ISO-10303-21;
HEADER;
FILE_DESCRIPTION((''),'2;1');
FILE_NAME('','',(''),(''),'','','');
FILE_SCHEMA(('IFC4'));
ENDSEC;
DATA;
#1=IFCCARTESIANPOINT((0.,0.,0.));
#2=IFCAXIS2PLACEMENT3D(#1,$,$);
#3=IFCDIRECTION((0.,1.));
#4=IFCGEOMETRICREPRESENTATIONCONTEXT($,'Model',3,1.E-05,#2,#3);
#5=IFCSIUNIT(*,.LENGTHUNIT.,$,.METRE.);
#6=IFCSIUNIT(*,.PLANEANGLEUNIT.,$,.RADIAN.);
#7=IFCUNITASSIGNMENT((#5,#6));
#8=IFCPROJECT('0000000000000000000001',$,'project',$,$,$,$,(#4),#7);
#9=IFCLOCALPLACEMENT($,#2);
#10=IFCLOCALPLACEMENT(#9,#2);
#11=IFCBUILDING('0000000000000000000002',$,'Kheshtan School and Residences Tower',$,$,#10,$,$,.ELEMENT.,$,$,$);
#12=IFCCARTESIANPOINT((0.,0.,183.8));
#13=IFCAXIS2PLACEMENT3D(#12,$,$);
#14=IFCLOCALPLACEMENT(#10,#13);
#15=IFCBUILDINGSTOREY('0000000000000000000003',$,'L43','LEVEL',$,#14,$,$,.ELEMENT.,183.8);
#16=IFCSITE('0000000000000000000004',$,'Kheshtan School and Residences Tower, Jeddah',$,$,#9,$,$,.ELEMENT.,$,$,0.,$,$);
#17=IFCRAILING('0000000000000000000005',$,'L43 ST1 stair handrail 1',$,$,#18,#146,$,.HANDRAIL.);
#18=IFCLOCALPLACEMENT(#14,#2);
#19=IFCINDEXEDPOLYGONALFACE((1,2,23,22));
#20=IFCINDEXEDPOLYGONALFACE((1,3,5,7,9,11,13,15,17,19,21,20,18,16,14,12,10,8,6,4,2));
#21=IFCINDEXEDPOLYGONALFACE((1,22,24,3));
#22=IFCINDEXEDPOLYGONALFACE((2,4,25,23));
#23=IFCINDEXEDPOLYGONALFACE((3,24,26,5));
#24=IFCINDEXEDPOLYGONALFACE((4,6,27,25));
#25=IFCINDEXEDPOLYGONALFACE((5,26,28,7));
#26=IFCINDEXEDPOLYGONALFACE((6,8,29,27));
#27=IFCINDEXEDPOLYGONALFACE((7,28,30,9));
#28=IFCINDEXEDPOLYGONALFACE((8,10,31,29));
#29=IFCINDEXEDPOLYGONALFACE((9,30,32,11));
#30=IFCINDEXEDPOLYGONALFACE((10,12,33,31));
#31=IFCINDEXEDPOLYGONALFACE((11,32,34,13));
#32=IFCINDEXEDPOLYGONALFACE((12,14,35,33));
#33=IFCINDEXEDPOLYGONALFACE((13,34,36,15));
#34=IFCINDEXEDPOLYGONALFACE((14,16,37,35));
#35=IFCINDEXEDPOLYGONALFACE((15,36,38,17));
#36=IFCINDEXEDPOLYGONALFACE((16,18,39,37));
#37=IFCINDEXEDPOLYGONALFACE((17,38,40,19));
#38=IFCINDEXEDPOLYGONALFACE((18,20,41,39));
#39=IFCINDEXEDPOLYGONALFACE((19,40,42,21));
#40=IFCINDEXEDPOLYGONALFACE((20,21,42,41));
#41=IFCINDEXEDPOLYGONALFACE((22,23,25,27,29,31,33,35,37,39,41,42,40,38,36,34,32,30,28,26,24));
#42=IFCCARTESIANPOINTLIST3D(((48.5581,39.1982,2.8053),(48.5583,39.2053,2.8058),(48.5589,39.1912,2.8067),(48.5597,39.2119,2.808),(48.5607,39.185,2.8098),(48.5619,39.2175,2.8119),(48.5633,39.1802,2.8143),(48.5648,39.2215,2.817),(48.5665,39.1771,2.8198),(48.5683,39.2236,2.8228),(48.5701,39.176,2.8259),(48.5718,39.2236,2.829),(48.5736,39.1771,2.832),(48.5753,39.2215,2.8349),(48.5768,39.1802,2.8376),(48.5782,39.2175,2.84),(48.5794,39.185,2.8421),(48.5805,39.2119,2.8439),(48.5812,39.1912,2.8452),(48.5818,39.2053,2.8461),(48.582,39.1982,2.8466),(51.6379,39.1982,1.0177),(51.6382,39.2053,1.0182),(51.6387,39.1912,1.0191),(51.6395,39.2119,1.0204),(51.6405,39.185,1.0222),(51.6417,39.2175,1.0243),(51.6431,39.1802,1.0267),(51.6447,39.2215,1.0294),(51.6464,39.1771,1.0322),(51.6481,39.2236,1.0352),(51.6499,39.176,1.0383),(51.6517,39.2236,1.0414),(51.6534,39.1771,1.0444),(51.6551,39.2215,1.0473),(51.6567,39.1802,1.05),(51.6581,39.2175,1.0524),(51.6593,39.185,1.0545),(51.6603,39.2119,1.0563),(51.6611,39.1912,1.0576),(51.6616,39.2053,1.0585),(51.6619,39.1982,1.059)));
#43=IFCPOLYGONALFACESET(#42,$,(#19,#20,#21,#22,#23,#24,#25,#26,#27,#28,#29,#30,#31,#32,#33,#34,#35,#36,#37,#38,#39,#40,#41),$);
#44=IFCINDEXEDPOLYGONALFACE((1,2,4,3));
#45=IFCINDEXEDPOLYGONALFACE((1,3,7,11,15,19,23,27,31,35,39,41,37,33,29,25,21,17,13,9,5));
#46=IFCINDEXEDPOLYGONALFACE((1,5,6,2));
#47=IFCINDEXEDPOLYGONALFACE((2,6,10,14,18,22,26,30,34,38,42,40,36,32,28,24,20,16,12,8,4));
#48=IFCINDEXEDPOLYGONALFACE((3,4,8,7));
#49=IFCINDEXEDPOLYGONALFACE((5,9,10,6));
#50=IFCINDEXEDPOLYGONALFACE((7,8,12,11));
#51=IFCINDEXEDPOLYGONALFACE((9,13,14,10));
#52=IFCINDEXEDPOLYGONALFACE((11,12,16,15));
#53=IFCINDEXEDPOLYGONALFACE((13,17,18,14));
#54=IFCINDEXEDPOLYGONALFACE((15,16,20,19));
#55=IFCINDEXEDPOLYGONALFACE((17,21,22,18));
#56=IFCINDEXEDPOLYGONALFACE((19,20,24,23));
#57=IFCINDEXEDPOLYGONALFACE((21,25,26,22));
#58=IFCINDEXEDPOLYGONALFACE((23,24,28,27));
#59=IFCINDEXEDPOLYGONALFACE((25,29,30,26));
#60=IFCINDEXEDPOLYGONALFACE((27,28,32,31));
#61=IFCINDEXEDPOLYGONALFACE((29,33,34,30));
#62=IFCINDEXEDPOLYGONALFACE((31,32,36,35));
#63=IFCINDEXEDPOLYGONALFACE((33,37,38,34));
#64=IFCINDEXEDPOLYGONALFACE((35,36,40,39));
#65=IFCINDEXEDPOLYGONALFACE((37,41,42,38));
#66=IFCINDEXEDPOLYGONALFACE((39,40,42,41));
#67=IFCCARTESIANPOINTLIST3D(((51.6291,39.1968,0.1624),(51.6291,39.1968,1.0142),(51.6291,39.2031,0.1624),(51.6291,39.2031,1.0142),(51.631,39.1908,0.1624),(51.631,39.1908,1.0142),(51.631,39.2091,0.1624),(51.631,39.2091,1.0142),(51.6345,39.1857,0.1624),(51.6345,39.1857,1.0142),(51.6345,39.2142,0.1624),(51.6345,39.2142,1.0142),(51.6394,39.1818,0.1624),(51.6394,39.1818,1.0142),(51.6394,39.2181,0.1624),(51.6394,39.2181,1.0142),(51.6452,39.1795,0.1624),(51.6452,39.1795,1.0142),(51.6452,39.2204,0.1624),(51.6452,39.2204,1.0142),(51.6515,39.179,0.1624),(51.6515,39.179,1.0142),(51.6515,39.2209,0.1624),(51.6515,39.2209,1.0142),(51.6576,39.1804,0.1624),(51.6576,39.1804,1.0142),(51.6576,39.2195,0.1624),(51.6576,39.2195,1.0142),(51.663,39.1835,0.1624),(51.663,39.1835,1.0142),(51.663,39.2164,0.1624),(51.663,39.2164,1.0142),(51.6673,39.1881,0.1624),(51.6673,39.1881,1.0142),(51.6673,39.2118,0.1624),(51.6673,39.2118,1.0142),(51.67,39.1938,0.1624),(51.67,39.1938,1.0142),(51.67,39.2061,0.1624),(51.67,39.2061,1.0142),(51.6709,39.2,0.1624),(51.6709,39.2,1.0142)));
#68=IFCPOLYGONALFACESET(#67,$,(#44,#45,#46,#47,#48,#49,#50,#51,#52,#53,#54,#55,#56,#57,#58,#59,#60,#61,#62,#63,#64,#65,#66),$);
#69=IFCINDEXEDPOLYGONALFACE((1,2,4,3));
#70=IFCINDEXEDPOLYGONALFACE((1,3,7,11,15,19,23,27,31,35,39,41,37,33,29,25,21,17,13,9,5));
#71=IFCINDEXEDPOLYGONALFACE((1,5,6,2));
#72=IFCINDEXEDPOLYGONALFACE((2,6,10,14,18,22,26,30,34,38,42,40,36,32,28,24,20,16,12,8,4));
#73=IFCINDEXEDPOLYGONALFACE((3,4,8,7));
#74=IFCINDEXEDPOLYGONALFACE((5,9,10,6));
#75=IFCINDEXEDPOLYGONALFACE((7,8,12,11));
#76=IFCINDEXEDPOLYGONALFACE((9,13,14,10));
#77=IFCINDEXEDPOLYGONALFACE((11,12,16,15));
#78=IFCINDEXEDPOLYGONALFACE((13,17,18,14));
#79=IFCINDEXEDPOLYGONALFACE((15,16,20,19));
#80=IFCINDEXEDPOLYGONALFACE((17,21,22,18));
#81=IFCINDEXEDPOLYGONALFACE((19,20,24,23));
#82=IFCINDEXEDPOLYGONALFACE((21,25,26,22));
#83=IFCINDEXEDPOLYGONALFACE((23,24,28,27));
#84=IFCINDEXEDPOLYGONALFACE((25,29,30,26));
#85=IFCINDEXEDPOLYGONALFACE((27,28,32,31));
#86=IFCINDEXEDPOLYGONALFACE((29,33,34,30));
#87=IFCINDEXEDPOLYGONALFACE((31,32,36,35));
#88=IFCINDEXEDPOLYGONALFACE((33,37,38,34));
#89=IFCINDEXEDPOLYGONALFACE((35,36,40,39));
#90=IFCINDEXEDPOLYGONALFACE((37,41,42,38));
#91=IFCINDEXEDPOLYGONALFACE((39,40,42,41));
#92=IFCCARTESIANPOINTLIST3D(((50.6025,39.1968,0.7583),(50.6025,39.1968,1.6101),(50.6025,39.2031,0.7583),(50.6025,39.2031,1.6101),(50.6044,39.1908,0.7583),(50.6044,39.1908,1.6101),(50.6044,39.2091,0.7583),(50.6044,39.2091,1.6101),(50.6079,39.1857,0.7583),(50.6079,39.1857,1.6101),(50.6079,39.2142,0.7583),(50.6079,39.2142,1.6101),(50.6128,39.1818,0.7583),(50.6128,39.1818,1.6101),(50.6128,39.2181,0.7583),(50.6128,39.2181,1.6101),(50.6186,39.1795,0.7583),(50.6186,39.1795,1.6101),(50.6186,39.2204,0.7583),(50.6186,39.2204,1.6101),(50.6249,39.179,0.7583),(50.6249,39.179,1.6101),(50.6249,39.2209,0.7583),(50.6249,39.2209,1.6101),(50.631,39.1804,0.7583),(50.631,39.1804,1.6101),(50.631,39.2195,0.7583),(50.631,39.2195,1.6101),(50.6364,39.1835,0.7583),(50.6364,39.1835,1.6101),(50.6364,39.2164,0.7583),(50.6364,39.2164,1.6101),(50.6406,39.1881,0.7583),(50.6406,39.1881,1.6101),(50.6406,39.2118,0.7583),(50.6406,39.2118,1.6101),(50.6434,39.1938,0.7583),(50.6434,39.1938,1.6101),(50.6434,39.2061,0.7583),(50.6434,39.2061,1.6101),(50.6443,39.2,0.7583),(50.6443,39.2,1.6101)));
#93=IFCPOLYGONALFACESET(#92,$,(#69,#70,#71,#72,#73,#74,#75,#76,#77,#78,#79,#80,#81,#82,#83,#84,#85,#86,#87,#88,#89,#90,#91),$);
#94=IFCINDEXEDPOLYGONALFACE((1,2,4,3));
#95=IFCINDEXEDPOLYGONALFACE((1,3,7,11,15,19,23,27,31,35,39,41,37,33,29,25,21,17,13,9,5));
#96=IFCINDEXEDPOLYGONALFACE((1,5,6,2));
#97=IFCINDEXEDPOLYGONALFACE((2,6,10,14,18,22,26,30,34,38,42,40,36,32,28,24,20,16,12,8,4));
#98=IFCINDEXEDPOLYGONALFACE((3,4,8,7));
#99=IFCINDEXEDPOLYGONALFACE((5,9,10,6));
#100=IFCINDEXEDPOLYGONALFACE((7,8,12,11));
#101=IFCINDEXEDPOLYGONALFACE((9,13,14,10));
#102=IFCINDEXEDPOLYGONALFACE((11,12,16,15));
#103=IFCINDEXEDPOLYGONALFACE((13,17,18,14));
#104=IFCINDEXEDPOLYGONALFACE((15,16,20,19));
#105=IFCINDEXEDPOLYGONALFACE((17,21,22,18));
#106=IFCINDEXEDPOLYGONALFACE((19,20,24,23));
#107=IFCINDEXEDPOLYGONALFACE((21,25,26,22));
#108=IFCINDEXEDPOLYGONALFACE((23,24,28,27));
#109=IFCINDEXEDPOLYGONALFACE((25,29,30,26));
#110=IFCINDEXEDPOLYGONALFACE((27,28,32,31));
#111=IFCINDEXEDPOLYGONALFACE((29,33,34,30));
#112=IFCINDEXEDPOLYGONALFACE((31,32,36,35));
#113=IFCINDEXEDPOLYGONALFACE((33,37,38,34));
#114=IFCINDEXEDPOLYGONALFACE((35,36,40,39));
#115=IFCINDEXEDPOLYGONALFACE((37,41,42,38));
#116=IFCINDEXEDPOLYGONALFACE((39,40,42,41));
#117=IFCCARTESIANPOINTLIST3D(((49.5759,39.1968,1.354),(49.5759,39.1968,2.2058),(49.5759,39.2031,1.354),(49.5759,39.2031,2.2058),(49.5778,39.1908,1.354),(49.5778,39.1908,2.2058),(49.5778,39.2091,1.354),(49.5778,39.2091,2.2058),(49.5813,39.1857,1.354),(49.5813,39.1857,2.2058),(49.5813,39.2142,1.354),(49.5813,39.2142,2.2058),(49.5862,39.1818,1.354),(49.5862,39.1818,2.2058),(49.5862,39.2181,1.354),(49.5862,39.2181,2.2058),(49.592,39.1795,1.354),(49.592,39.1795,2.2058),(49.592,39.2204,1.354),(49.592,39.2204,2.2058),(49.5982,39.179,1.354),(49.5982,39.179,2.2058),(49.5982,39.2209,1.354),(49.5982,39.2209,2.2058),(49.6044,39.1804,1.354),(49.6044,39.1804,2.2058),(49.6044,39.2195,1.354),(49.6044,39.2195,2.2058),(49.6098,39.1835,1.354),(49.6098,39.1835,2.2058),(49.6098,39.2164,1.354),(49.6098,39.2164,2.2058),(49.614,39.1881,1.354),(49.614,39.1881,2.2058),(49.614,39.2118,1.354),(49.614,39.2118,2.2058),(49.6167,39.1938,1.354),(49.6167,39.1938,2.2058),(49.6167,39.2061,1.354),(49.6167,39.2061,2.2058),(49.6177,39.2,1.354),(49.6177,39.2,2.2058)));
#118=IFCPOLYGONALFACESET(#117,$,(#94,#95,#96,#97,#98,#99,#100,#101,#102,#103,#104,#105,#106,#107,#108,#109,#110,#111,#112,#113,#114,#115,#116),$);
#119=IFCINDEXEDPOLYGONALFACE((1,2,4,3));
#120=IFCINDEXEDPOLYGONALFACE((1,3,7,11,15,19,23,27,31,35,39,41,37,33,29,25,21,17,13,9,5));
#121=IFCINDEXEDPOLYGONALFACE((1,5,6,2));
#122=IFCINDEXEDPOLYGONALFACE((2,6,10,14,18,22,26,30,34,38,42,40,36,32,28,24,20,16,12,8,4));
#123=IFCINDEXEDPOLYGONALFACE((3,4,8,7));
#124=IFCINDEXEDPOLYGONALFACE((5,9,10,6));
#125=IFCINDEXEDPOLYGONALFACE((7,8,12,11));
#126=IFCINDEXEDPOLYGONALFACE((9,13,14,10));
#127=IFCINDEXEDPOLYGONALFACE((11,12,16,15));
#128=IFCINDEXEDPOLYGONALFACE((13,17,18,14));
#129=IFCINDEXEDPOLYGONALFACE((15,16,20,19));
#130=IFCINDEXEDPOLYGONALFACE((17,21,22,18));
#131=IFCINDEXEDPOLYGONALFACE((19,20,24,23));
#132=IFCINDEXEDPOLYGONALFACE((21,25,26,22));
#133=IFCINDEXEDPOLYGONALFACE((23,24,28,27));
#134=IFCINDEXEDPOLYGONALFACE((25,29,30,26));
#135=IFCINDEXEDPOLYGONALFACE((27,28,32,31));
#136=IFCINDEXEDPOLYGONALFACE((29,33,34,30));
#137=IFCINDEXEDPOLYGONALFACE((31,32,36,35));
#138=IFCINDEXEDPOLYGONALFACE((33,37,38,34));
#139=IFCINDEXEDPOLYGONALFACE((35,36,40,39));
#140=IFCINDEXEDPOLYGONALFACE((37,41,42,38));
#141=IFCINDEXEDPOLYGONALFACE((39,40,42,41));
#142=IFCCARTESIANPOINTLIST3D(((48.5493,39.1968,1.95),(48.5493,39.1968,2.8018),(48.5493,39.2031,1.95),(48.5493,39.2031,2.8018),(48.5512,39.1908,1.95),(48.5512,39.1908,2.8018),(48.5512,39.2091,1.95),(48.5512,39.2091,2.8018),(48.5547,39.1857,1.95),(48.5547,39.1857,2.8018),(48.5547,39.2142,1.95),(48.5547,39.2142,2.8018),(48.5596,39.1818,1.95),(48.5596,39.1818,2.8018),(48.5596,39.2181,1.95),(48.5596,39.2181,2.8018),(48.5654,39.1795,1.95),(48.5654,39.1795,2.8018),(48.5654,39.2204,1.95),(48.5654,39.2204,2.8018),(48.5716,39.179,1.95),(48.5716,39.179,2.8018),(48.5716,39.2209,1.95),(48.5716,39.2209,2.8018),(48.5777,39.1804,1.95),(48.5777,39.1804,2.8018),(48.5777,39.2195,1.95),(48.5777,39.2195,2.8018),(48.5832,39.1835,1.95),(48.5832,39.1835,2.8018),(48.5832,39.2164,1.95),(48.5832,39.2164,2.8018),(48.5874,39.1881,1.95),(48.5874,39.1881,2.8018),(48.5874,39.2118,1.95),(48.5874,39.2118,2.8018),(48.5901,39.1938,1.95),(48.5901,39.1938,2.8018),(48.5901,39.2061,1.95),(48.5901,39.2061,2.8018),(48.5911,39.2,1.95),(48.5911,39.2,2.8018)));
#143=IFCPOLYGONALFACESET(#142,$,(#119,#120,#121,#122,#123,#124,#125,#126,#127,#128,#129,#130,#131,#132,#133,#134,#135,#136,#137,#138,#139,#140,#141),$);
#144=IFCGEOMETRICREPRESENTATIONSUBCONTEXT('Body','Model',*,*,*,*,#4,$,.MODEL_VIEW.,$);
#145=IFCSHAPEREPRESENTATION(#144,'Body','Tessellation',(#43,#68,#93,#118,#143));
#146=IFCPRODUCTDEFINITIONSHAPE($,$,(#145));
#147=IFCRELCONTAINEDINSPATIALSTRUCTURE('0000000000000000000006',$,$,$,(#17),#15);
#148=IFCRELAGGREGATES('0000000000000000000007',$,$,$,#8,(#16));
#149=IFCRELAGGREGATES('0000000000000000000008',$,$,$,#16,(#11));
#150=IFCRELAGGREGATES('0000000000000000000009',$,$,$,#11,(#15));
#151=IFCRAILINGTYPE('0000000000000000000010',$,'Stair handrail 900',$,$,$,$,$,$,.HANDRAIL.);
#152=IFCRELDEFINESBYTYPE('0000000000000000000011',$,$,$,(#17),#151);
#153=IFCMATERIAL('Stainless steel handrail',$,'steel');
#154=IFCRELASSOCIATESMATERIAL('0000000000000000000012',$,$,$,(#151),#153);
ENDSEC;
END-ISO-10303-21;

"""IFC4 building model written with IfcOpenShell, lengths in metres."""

from ifc_helpers import new_model, si_unit, direction, frame, origin, origin_2d, place, context, subcontext, project, spatial, circle, extrude, material, type_object, element, save


model = new_model("IFC4")

# Units and contexts
model_context = context("Model", 3, precision=1e-05, world=origin(), true_north=direction((0.0, 1.0)))
body_context = subcontext(model_context, "Body", "Model", "MODEL_VIEW")
ifc_project = project(units=[si_unit("LENGTHUNIT", "METRE"), si_unit("PLANEANGLEUNIT", "RADIAN")], contexts=[model_context])

# Site, building, storey
site_placement = place(None, origin())
site = spatial("IfcSite", under=ifc_project, at=site_placement, Name="Kheshtan School and Residences Tower, Jeddah", CompositionType="ELEMENT", RefElevation=0.0)
building_placement = place(site_placement, origin())
building = spatial("IfcBuilding", under=site, at=building_placement, Name="Kheshtan School and Residences Tower", CompositionType="ELEMENT")
storey_placement = place(building_placement, frame((0.0, 0.0, 183.8)))
storey = spatial("IfcBuildingStorey", under=building, at=storey_placement, Name="L43", Description="LEVEL", CompositionType="ELEMENT", Elevation=183.8)

# Railing
ifc_material_1 = material(Name="Stainless steel handrail", Category="steel")
railing_type_1 = type_object("IfcRailingType", Name="Stair handrail 900", PredefinedType="HANDRAIL", material=ifc_material_1)
railing_1_placement = place(storey_placement, frame((51.6499, 39.2, 0.1624)))
element("IfcRailing", 1, at=railing_1_placement, inside=storey, type_object=railing_type_1, Name="L43 ST1 stair handrail 1", PredefinedType="HANDRAIL", context=body_context, shape_type="SweptSolid", body=[
    extrude(circle(Radius=0.0239, at=origin_2d()), frame((0.0, 0.0, 0.876), z_axis=(-0.864873, 0.0, 0.50199), x_axis=(0.0, -1.0, 0.0)), (0.0, 0.0, 1.0), 3.561),
    extrude(circle(Radius=0.021, at=origin_2d()), origin(), (0.0, 0.0, 1.0), 0.8518),
    extrude(circle(Radius=0.021, at=origin_2d()), frame((-1.0266, 0.0, 0.5959)), (0.0, 0.0, 1.0), 0.8518),
    extrude(circle(Radius=0.021, at=origin_2d()), frame((-2.0532, 0.0, 1.1917)), (0.0, 0.0, 1.0), 0.8518),
    extrude(circle(Radius=0.021, at=origin_2d()), frame((-3.0798, 0.0, 1.7876)), (0.0, 0.0, 1.0), 0.8518),
])

save(model, "model.ifc")
